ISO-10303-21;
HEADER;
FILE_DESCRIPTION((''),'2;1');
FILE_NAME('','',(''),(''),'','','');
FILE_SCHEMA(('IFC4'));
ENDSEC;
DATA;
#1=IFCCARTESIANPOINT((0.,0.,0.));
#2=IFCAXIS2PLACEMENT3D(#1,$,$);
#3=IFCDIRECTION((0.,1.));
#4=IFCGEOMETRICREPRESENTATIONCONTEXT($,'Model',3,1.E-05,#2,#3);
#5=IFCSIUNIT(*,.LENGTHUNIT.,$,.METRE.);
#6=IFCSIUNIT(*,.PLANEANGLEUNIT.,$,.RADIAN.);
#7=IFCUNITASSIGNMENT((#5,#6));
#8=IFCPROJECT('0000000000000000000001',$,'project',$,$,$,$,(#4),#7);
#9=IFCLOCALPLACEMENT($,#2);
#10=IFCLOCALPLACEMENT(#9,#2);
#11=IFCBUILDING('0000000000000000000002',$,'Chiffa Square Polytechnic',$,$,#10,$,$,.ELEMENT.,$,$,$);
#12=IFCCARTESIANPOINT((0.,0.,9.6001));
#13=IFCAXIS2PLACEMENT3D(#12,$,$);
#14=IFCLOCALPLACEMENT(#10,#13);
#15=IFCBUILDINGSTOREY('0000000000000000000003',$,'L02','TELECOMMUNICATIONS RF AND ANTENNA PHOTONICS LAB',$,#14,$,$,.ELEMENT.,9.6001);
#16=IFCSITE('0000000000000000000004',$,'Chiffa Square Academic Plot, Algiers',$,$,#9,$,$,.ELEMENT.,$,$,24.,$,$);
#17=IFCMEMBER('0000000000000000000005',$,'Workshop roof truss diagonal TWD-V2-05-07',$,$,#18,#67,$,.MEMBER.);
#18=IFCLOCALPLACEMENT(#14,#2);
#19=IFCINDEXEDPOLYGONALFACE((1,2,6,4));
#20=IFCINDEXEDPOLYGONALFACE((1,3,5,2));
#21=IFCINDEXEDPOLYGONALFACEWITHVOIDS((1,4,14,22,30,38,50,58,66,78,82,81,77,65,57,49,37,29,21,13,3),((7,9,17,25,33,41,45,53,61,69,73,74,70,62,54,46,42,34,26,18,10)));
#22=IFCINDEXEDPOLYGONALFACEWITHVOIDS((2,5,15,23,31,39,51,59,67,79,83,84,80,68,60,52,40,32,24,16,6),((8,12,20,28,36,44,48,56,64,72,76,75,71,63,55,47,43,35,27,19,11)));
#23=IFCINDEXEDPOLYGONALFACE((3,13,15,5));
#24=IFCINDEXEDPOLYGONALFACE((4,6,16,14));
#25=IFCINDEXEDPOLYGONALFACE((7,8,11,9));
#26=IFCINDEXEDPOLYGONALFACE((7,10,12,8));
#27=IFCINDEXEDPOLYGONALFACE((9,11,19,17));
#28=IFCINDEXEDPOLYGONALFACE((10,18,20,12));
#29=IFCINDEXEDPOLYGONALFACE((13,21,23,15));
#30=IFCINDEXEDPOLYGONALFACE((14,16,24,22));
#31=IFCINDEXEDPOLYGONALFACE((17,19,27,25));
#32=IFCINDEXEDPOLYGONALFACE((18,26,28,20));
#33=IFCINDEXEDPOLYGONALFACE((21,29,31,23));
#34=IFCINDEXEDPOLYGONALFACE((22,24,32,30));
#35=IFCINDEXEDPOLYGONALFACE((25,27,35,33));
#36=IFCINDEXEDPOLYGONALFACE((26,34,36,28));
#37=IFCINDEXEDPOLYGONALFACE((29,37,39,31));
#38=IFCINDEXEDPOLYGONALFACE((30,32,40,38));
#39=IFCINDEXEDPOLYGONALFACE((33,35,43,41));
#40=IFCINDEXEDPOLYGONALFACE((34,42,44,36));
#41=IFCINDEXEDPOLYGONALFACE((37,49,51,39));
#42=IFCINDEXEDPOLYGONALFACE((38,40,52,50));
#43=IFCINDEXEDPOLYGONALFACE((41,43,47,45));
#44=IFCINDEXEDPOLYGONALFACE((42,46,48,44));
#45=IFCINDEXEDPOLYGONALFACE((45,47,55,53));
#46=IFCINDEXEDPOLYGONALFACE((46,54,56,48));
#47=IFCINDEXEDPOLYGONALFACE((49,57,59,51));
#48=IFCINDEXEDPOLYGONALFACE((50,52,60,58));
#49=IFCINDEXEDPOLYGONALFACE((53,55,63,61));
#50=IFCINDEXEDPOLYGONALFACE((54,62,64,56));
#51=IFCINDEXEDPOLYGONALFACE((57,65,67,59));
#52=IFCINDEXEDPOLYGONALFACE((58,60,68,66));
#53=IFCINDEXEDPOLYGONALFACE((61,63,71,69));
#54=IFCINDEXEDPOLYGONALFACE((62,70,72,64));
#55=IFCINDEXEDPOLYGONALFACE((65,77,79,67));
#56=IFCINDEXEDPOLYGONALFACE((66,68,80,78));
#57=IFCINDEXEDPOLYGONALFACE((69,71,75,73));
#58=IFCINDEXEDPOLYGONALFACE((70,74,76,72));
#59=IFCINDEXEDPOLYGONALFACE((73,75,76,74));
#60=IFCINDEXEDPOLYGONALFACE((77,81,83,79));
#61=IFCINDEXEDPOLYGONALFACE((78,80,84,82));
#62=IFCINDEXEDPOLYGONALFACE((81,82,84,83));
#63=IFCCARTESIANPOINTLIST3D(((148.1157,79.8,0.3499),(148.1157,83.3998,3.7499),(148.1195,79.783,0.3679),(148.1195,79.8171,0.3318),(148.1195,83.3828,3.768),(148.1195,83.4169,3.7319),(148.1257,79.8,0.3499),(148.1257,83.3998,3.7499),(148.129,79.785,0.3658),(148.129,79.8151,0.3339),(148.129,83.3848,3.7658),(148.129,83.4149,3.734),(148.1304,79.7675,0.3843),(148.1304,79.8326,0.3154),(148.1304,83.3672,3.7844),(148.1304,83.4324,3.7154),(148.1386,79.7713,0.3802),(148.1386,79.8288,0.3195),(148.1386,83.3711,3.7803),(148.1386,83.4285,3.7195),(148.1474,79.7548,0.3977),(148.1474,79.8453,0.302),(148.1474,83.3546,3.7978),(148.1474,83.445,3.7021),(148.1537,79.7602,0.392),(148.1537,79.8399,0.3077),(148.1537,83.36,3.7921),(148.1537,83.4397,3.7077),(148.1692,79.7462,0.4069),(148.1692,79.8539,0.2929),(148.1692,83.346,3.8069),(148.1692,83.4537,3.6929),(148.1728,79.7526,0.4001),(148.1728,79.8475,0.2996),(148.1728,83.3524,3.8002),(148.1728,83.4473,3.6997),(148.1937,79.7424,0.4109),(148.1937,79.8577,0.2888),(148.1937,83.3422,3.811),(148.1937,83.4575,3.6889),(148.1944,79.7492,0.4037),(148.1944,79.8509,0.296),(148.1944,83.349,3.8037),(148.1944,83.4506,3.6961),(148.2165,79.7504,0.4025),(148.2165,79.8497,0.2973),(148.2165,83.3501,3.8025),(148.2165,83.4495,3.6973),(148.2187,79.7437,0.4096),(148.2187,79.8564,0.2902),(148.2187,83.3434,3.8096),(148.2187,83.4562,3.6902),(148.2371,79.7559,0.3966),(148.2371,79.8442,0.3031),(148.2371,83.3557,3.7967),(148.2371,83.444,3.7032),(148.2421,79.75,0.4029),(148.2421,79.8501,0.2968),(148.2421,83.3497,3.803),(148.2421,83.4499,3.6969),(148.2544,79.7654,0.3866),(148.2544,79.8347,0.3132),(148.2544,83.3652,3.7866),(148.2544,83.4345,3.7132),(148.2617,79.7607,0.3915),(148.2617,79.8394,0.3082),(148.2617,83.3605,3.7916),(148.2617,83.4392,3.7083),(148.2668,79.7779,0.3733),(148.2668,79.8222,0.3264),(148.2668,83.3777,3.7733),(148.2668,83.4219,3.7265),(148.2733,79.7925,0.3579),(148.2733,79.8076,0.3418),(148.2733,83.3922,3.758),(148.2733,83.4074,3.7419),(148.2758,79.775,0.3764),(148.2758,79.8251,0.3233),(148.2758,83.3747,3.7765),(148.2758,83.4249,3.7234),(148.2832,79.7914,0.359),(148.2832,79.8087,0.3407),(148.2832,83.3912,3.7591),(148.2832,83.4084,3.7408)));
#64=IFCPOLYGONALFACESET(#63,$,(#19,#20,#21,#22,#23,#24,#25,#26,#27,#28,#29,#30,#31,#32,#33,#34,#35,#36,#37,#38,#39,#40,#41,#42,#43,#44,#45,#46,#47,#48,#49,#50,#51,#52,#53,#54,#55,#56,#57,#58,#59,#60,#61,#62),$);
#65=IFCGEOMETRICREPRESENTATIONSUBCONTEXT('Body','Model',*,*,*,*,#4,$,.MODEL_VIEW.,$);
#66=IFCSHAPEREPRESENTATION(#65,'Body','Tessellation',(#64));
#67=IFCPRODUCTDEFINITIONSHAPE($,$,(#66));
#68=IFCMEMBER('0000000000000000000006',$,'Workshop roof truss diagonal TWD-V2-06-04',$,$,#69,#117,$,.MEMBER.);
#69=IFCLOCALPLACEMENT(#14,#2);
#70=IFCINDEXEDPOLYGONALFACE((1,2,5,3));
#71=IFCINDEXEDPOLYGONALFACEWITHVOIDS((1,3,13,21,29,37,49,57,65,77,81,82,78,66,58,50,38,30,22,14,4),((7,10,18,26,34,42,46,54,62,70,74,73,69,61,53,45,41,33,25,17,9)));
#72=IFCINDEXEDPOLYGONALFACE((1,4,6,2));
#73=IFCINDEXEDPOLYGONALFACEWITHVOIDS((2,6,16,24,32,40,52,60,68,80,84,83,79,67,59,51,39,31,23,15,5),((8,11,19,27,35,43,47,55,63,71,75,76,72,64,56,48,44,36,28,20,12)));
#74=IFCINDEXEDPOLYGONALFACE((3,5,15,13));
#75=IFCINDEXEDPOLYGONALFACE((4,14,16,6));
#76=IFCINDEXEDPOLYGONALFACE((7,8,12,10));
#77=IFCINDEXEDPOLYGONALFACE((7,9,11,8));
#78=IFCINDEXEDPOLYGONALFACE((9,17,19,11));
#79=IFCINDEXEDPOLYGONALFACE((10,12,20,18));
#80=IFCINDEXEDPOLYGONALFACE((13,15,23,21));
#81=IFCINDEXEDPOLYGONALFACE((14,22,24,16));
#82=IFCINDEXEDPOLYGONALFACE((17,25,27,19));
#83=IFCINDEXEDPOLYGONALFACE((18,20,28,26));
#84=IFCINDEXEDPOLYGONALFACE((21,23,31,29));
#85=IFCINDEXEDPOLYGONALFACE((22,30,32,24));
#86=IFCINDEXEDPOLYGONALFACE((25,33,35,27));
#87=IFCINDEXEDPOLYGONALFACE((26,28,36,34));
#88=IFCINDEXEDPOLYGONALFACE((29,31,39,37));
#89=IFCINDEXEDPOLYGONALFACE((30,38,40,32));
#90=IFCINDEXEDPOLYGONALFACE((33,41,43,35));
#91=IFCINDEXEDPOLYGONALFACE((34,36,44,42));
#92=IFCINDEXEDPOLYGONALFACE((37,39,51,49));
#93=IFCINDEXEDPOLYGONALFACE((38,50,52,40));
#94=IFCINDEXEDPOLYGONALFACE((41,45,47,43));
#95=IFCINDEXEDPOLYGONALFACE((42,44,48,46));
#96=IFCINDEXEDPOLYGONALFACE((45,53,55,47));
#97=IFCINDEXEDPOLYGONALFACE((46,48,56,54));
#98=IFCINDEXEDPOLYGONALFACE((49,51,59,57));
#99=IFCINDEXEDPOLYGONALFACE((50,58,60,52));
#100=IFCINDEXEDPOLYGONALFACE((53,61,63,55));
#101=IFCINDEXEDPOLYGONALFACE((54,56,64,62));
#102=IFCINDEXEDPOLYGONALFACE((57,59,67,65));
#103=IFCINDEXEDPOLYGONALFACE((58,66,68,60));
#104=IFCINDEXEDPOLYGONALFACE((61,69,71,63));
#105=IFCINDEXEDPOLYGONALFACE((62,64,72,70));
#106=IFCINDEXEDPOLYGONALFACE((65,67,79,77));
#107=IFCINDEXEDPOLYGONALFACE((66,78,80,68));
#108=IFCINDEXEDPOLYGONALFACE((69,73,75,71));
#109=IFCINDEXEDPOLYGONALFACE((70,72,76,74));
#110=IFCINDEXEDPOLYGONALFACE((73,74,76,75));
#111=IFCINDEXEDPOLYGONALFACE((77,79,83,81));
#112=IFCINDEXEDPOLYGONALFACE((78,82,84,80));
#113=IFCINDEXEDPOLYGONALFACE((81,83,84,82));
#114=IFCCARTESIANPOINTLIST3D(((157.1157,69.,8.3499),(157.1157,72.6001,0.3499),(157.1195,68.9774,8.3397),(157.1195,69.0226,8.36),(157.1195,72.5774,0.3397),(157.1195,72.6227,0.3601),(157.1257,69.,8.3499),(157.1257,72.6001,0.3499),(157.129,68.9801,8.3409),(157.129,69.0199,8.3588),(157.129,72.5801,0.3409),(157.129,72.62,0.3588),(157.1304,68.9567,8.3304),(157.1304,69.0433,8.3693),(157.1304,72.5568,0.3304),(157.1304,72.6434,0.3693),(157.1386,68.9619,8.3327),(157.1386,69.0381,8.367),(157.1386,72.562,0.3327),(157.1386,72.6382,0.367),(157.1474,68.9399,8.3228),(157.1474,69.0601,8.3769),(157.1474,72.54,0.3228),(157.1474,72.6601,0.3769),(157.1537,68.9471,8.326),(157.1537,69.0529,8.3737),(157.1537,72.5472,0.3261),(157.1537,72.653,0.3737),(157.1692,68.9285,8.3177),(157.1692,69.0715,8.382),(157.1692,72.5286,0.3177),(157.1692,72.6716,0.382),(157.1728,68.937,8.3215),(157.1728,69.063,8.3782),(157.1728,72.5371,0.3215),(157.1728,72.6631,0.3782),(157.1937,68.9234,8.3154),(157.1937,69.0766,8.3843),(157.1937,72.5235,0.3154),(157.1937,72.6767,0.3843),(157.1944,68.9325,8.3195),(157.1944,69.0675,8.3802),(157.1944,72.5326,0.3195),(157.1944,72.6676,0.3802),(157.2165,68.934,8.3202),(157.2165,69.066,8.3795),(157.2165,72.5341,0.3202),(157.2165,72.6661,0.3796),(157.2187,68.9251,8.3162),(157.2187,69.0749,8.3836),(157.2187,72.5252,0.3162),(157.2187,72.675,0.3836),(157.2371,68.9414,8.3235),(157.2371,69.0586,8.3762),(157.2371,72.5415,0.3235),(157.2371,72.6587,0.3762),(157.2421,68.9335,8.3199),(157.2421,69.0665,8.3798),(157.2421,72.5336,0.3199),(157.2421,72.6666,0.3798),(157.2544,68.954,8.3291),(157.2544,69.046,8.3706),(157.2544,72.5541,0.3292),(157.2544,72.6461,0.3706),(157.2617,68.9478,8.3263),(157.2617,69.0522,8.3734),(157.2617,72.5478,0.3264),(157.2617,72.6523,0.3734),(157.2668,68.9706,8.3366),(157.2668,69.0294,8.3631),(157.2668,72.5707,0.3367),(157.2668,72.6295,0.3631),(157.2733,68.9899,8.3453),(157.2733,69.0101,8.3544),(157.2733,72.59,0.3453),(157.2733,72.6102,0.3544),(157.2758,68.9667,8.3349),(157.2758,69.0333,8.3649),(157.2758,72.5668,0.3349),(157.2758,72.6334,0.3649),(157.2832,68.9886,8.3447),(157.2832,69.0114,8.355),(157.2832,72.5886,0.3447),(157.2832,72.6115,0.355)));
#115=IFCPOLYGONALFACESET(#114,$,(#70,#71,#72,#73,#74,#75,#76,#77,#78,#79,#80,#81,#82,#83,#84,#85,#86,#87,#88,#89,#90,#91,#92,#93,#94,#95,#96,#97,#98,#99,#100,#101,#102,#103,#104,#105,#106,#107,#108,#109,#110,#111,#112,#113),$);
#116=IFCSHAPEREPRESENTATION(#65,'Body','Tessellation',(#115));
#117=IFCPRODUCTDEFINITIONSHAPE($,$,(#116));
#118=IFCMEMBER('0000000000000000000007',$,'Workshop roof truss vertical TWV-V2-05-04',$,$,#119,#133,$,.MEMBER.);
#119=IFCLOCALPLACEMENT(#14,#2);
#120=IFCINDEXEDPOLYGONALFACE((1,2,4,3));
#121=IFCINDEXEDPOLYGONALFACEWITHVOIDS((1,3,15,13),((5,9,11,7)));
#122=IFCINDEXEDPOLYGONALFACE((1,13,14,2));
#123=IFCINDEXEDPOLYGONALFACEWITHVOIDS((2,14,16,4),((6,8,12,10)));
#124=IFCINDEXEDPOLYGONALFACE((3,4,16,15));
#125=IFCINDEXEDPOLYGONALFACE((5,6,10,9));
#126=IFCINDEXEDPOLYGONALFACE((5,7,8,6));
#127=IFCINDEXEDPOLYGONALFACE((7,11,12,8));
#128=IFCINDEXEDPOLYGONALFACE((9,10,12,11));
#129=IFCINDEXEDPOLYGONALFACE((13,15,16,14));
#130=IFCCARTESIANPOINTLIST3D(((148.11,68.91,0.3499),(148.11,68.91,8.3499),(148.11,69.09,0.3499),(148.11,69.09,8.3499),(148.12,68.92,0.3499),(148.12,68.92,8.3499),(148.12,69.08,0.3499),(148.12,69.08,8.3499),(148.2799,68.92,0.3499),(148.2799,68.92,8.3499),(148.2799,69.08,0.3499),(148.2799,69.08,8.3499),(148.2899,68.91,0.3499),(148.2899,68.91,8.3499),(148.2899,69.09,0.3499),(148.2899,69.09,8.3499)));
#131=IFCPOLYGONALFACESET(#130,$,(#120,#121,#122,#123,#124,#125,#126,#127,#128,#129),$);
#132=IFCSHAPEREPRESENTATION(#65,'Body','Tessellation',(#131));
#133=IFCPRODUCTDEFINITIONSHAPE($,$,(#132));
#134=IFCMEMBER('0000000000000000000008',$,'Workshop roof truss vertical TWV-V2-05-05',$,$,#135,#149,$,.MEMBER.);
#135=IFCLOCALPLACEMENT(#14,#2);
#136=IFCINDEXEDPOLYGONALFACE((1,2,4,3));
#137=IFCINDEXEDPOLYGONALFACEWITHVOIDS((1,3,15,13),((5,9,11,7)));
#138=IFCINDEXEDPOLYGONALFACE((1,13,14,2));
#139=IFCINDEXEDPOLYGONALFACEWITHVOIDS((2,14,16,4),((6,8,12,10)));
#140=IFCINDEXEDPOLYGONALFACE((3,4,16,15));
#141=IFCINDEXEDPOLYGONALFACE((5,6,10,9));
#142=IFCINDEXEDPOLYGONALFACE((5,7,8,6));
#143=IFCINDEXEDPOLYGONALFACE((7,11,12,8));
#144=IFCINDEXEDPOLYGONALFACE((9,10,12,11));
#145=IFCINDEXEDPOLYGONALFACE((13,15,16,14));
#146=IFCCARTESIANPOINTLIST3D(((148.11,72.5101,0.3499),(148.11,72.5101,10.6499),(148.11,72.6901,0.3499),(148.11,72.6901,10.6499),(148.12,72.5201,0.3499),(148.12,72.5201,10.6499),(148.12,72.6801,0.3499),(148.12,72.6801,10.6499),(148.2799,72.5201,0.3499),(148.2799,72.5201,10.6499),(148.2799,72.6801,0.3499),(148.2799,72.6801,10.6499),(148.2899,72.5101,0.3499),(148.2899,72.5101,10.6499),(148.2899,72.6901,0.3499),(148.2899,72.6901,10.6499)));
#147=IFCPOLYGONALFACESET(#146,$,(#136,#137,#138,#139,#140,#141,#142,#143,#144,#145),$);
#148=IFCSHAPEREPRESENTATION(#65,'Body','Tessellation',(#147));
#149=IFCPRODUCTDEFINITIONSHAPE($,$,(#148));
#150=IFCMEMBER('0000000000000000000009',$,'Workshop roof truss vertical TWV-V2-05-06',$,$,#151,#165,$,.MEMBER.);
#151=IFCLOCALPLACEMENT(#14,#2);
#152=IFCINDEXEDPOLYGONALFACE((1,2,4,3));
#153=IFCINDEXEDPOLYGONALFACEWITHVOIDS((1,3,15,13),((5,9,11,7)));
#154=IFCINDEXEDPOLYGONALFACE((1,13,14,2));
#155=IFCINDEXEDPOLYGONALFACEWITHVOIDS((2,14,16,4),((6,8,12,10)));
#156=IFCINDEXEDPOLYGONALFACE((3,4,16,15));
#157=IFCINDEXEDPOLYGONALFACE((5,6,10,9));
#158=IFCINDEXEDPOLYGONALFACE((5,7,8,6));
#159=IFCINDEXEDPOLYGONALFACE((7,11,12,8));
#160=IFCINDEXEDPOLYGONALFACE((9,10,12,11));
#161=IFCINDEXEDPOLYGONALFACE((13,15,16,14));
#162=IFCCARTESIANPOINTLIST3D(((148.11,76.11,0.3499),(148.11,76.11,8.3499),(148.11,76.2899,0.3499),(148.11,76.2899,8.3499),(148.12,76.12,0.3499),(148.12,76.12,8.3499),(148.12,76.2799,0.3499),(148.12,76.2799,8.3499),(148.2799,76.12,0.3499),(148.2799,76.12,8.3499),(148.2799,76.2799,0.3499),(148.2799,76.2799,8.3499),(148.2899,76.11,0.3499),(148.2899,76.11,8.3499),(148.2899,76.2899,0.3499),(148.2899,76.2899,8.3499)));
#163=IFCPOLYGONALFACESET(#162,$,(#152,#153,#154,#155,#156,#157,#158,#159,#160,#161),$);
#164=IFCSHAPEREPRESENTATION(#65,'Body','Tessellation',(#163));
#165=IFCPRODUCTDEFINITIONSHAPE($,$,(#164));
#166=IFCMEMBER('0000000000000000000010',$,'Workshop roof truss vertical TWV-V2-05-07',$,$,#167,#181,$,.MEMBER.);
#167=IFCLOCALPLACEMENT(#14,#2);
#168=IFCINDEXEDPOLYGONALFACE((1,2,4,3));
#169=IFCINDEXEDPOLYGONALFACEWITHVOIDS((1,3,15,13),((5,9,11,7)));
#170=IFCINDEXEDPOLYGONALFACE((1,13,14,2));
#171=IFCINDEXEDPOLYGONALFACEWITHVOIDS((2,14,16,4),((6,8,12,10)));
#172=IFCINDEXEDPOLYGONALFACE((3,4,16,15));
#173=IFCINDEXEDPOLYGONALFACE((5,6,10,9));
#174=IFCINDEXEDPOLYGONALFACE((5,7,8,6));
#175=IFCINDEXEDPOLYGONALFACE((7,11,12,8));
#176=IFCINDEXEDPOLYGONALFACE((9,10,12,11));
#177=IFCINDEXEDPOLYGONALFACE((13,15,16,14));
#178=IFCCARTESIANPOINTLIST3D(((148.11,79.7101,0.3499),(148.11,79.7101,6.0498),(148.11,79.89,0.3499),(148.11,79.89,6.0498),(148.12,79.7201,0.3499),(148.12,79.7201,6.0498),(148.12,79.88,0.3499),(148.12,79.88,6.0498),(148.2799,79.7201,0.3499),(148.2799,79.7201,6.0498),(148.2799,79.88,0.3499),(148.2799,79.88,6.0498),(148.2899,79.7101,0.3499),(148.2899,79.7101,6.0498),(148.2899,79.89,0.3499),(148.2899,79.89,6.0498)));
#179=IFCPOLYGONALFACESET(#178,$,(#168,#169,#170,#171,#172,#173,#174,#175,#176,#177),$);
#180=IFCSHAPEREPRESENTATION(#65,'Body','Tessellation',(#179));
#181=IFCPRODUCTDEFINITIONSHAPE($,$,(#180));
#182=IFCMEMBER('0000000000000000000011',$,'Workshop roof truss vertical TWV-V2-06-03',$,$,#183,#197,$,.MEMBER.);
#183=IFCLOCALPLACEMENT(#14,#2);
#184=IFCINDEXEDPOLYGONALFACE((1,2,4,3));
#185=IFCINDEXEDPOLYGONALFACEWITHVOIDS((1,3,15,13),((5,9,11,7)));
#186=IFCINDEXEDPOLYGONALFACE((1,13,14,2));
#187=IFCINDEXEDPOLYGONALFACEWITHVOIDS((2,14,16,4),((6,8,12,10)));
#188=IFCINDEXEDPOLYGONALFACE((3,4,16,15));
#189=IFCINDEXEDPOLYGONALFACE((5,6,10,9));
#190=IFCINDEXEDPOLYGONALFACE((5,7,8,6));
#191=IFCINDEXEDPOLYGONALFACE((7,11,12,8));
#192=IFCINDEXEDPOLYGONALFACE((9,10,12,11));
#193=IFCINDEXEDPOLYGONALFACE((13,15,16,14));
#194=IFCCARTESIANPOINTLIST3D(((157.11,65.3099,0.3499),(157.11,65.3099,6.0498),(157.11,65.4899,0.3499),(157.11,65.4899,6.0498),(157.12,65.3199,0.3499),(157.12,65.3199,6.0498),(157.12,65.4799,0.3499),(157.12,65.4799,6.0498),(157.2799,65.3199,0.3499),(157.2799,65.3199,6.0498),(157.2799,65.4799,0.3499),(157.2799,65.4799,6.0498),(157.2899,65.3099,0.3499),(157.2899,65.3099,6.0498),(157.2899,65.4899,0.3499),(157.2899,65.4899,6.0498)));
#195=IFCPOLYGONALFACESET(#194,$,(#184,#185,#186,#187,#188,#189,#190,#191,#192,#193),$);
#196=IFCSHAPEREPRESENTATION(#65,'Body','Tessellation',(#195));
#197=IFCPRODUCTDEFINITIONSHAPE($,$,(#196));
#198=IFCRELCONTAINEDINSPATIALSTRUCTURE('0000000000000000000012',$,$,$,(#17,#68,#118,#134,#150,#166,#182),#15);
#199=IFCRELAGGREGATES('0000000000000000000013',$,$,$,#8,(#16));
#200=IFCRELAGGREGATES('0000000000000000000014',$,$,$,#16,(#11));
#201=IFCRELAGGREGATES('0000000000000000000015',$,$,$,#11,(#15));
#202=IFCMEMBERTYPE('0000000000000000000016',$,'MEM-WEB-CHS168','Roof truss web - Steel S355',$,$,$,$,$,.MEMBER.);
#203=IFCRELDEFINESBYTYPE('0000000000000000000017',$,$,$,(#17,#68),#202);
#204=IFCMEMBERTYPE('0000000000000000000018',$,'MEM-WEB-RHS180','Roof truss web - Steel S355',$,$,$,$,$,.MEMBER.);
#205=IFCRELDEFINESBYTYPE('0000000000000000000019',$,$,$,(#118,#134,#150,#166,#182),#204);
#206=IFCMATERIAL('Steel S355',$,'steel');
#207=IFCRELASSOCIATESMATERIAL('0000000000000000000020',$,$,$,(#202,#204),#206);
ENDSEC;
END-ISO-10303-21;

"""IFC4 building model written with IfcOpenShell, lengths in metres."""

from ifc_helpers import new_model, si_unit, direction, frame, origin, origin_2d, place, context, subcontext, project, spatial, hollow_rectangle, hollow_circle, extrude, material, material_profile, profile_set, type_object, element, save


model = new_model("IFC4")

# Units and contexts
model_context = context("Model", 3, precision=1e-05, world=origin(), true_north=direction((0.0, 1.0)))
body_context = subcontext(model_context, "Body", "Model", "MODEL_VIEW")
ifc_project = project(units=[si_unit("LENGTHUNIT", "METRE"), si_unit("PLANEANGLEUNIT", "RADIAN")], contexts=[model_context])

# Site, building, storey
site_placement = place(None, origin())
site = spatial("IfcSite", under=ifc_project, at=site_placement, Name="Chiffa Square Academic Plot, Algiers", CompositionType="ELEMENT", RefElevation=24.0)
building_placement = place(site_placement, origin())
building = spatial("IfcBuilding", under=site, at=building_placement, Name="Chiffa Square Polytechnic", CompositionType="ELEMENT")
storey_placement = place(building_placement, frame((0.0, 0.0, 9.6001)))
storey = spatial("IfcBuildingStorey", under=building, at=storey_placement, Name="L02", Description="TELECOMMUNICATIONS RF AND ANTENNA PHOTONICS LAB", CompositionType="ELEMENT", Elevation=9.6001)

# Members
ifc_material_1 = material(Name="Steel S355", Category="steel")
ifc_material_profile_1 = material_profile(ifc_material_1, hollow_circle(Radius=0.0842, WallThickness=0.01, at=origin_2d()), Name="CHS 168.3x10")
ifc_profile_set_1 = profile_set([ifc_material_profile_1], Name="Steel S355")
member_type_1 = type_object("IfcMemberType", Name="MEM-WEB-CHS168", Description="Roof truss web - Steel S355", PredefinedType="MEMBER", material=ifc_profile_set_1)
member_1_placement = place(storey_placement, frame((148.2, 79.8, 0.3499), z_axis=(0.0, 0.726984, 0.686654), x_axis=(-1.0, 0.0, 0.0)))
element("IfcMember", 1, at=member_1_placement, inside=storey, type_object=member_type_1, Name="Workshop roof truss diagonal TWD-V2-05-07", PredefinedType="MEMBER", context=body_context, shape_type="SweptSolid", body=[
    extrude(hollow_circle(Radius=0.0842, WallThickness=0.01, at=origin_2d()), origin(), (0.0, 0.0, 1.0), 4.9517),
])
member_2_placement = place(storey_placement, frame((157.2, 69.0, 8.3499), z_axis=(0.0, 0.410374, -0.911917), x_axis=(-1.0, 0.0, 0.0)))
element("IfcMember", 2, at=member_2_placement, inside=storey, type_object=member_type_1, Name="Workshop roof truss diagonal TWD-V2-06-04", PredefinedType="MEMBER", context=body_context, shape_type="SweptSolid", body=[
    extrude(hollow_circle(Radius=0.0842, WallThickness=0.01, at=origin_2d()), origin(), (0.0, 0.0, 1.0), 8.7727),
])
ifc_material_profile_2 = material_profile(ifc_material_1, hollow_rectangle(XDim=0.1799, YDim=0.1799, WallThickness=0.01, at=origin_2d()), Name="RHS 180x180x10")
ifc_profile_set_2 = profile_set([ifc_material_profile_2], Name="Steel S355")
member_type_2 = type_object("IfcMemberType", Name="MEM-WEB-RHS180", Description="Roof truss web - Steel S355", PredefinedType="MEMBER", material=ifc_profile_set_2)
member_3_placement = place(storey_placement, frame((148.2, 69.0, 0.3499), z_axis=(0.0, 0.0, 1.0), x_axis=(1.0, 0.0, 0.0)))
element("IfcMember", 3, at=member_3_placement, inside=storey, type_object=member_type_2, Name="Workshop roof truss vertical TWV-V2-05-04", PredefinedType="MEMBER", context=body_context, shape_type="SweptSolid", body=[
    extrude(hollow_rectangle(XDim=0.1799, YDim=0.1799, WallThickness=0.01, at=origin_2d()), origin(), (0.0, 0.0, 1.0), 8.0),
])
member_4_placement = place(storey_placement, frame((148.2, 72.6001, 0.3499), z_axis=(0.0, 0.0, 1.0), x_axis=(1.0, 0.0, 0.0)))
element("IfcMember", 4, at=member_4_placement, inside=storey, type_object=member_type_2, Name="Workshop roof truss vertical TWV-V2-05-05", PredefinedType="MEMBER", context=body_context, shape_type="SweptSolid", body=[
    extrude(hollow_rectangle(XDim=0.1799, YDim=0.1799, WallThickness=0.01, at=origin_2d()), origin(), (0.0, 0.0, 1.0), 10.3),
])
member_5_placement = place(storey_placement, frame((148.2, 76.2, 0.3499), z_axis=(0.0, 0.0, 1.0), x_axis=(1.0, 0.0, 0.0)))
element("IfcMember", 5, at=member_5_placement, inside=storey, type_object=member_type_2, Name="Workshop roof truss vertical TWV-V2-05-06", PredefinedType="MEMBER", context=body_context, shape_type="SweptSolid", body=[
    extrude(hollow_rectangle(XDim=0.1799, YDim=0.1799, WallThickness=0.01, at=origin_2d()), origin(), (0.0, 0.0, 1.0), 8.0),
])
for number, where, z_axis, x_axis, name in (
    (6, (148.2, 79.8, 0.3499), (0.0, 0.0, 1.0), (1.0, 0.0, 0.0), "Workshop roof truss vertical TWV-V2-05-07"),
    (7, (157.2, 65.3999, 0.3499), (0.0, 0.0, 1.0), (1.0, 0.0, 0.0), "Workshop roof truss vertical TWV-V2-06-03"),
):
    element("IfcMember", number, at=place(storey_placement, frame(where, z_axis=z_axis, x_axis=x_axis)), inside=storey, type_object=member_type_2, Name=name, PredefinedType="MEMBER", context=body_context, shape_type="SweptSolid", body=[
        extrude(hollow_rectangle(XDim=0.1799, YDim=0.1799, WallThickness=0.01, at=origin_2d()), origin(), (0.0, 0.0, 1.0), 5.7),
    ])

save(model, "model.ifc")
